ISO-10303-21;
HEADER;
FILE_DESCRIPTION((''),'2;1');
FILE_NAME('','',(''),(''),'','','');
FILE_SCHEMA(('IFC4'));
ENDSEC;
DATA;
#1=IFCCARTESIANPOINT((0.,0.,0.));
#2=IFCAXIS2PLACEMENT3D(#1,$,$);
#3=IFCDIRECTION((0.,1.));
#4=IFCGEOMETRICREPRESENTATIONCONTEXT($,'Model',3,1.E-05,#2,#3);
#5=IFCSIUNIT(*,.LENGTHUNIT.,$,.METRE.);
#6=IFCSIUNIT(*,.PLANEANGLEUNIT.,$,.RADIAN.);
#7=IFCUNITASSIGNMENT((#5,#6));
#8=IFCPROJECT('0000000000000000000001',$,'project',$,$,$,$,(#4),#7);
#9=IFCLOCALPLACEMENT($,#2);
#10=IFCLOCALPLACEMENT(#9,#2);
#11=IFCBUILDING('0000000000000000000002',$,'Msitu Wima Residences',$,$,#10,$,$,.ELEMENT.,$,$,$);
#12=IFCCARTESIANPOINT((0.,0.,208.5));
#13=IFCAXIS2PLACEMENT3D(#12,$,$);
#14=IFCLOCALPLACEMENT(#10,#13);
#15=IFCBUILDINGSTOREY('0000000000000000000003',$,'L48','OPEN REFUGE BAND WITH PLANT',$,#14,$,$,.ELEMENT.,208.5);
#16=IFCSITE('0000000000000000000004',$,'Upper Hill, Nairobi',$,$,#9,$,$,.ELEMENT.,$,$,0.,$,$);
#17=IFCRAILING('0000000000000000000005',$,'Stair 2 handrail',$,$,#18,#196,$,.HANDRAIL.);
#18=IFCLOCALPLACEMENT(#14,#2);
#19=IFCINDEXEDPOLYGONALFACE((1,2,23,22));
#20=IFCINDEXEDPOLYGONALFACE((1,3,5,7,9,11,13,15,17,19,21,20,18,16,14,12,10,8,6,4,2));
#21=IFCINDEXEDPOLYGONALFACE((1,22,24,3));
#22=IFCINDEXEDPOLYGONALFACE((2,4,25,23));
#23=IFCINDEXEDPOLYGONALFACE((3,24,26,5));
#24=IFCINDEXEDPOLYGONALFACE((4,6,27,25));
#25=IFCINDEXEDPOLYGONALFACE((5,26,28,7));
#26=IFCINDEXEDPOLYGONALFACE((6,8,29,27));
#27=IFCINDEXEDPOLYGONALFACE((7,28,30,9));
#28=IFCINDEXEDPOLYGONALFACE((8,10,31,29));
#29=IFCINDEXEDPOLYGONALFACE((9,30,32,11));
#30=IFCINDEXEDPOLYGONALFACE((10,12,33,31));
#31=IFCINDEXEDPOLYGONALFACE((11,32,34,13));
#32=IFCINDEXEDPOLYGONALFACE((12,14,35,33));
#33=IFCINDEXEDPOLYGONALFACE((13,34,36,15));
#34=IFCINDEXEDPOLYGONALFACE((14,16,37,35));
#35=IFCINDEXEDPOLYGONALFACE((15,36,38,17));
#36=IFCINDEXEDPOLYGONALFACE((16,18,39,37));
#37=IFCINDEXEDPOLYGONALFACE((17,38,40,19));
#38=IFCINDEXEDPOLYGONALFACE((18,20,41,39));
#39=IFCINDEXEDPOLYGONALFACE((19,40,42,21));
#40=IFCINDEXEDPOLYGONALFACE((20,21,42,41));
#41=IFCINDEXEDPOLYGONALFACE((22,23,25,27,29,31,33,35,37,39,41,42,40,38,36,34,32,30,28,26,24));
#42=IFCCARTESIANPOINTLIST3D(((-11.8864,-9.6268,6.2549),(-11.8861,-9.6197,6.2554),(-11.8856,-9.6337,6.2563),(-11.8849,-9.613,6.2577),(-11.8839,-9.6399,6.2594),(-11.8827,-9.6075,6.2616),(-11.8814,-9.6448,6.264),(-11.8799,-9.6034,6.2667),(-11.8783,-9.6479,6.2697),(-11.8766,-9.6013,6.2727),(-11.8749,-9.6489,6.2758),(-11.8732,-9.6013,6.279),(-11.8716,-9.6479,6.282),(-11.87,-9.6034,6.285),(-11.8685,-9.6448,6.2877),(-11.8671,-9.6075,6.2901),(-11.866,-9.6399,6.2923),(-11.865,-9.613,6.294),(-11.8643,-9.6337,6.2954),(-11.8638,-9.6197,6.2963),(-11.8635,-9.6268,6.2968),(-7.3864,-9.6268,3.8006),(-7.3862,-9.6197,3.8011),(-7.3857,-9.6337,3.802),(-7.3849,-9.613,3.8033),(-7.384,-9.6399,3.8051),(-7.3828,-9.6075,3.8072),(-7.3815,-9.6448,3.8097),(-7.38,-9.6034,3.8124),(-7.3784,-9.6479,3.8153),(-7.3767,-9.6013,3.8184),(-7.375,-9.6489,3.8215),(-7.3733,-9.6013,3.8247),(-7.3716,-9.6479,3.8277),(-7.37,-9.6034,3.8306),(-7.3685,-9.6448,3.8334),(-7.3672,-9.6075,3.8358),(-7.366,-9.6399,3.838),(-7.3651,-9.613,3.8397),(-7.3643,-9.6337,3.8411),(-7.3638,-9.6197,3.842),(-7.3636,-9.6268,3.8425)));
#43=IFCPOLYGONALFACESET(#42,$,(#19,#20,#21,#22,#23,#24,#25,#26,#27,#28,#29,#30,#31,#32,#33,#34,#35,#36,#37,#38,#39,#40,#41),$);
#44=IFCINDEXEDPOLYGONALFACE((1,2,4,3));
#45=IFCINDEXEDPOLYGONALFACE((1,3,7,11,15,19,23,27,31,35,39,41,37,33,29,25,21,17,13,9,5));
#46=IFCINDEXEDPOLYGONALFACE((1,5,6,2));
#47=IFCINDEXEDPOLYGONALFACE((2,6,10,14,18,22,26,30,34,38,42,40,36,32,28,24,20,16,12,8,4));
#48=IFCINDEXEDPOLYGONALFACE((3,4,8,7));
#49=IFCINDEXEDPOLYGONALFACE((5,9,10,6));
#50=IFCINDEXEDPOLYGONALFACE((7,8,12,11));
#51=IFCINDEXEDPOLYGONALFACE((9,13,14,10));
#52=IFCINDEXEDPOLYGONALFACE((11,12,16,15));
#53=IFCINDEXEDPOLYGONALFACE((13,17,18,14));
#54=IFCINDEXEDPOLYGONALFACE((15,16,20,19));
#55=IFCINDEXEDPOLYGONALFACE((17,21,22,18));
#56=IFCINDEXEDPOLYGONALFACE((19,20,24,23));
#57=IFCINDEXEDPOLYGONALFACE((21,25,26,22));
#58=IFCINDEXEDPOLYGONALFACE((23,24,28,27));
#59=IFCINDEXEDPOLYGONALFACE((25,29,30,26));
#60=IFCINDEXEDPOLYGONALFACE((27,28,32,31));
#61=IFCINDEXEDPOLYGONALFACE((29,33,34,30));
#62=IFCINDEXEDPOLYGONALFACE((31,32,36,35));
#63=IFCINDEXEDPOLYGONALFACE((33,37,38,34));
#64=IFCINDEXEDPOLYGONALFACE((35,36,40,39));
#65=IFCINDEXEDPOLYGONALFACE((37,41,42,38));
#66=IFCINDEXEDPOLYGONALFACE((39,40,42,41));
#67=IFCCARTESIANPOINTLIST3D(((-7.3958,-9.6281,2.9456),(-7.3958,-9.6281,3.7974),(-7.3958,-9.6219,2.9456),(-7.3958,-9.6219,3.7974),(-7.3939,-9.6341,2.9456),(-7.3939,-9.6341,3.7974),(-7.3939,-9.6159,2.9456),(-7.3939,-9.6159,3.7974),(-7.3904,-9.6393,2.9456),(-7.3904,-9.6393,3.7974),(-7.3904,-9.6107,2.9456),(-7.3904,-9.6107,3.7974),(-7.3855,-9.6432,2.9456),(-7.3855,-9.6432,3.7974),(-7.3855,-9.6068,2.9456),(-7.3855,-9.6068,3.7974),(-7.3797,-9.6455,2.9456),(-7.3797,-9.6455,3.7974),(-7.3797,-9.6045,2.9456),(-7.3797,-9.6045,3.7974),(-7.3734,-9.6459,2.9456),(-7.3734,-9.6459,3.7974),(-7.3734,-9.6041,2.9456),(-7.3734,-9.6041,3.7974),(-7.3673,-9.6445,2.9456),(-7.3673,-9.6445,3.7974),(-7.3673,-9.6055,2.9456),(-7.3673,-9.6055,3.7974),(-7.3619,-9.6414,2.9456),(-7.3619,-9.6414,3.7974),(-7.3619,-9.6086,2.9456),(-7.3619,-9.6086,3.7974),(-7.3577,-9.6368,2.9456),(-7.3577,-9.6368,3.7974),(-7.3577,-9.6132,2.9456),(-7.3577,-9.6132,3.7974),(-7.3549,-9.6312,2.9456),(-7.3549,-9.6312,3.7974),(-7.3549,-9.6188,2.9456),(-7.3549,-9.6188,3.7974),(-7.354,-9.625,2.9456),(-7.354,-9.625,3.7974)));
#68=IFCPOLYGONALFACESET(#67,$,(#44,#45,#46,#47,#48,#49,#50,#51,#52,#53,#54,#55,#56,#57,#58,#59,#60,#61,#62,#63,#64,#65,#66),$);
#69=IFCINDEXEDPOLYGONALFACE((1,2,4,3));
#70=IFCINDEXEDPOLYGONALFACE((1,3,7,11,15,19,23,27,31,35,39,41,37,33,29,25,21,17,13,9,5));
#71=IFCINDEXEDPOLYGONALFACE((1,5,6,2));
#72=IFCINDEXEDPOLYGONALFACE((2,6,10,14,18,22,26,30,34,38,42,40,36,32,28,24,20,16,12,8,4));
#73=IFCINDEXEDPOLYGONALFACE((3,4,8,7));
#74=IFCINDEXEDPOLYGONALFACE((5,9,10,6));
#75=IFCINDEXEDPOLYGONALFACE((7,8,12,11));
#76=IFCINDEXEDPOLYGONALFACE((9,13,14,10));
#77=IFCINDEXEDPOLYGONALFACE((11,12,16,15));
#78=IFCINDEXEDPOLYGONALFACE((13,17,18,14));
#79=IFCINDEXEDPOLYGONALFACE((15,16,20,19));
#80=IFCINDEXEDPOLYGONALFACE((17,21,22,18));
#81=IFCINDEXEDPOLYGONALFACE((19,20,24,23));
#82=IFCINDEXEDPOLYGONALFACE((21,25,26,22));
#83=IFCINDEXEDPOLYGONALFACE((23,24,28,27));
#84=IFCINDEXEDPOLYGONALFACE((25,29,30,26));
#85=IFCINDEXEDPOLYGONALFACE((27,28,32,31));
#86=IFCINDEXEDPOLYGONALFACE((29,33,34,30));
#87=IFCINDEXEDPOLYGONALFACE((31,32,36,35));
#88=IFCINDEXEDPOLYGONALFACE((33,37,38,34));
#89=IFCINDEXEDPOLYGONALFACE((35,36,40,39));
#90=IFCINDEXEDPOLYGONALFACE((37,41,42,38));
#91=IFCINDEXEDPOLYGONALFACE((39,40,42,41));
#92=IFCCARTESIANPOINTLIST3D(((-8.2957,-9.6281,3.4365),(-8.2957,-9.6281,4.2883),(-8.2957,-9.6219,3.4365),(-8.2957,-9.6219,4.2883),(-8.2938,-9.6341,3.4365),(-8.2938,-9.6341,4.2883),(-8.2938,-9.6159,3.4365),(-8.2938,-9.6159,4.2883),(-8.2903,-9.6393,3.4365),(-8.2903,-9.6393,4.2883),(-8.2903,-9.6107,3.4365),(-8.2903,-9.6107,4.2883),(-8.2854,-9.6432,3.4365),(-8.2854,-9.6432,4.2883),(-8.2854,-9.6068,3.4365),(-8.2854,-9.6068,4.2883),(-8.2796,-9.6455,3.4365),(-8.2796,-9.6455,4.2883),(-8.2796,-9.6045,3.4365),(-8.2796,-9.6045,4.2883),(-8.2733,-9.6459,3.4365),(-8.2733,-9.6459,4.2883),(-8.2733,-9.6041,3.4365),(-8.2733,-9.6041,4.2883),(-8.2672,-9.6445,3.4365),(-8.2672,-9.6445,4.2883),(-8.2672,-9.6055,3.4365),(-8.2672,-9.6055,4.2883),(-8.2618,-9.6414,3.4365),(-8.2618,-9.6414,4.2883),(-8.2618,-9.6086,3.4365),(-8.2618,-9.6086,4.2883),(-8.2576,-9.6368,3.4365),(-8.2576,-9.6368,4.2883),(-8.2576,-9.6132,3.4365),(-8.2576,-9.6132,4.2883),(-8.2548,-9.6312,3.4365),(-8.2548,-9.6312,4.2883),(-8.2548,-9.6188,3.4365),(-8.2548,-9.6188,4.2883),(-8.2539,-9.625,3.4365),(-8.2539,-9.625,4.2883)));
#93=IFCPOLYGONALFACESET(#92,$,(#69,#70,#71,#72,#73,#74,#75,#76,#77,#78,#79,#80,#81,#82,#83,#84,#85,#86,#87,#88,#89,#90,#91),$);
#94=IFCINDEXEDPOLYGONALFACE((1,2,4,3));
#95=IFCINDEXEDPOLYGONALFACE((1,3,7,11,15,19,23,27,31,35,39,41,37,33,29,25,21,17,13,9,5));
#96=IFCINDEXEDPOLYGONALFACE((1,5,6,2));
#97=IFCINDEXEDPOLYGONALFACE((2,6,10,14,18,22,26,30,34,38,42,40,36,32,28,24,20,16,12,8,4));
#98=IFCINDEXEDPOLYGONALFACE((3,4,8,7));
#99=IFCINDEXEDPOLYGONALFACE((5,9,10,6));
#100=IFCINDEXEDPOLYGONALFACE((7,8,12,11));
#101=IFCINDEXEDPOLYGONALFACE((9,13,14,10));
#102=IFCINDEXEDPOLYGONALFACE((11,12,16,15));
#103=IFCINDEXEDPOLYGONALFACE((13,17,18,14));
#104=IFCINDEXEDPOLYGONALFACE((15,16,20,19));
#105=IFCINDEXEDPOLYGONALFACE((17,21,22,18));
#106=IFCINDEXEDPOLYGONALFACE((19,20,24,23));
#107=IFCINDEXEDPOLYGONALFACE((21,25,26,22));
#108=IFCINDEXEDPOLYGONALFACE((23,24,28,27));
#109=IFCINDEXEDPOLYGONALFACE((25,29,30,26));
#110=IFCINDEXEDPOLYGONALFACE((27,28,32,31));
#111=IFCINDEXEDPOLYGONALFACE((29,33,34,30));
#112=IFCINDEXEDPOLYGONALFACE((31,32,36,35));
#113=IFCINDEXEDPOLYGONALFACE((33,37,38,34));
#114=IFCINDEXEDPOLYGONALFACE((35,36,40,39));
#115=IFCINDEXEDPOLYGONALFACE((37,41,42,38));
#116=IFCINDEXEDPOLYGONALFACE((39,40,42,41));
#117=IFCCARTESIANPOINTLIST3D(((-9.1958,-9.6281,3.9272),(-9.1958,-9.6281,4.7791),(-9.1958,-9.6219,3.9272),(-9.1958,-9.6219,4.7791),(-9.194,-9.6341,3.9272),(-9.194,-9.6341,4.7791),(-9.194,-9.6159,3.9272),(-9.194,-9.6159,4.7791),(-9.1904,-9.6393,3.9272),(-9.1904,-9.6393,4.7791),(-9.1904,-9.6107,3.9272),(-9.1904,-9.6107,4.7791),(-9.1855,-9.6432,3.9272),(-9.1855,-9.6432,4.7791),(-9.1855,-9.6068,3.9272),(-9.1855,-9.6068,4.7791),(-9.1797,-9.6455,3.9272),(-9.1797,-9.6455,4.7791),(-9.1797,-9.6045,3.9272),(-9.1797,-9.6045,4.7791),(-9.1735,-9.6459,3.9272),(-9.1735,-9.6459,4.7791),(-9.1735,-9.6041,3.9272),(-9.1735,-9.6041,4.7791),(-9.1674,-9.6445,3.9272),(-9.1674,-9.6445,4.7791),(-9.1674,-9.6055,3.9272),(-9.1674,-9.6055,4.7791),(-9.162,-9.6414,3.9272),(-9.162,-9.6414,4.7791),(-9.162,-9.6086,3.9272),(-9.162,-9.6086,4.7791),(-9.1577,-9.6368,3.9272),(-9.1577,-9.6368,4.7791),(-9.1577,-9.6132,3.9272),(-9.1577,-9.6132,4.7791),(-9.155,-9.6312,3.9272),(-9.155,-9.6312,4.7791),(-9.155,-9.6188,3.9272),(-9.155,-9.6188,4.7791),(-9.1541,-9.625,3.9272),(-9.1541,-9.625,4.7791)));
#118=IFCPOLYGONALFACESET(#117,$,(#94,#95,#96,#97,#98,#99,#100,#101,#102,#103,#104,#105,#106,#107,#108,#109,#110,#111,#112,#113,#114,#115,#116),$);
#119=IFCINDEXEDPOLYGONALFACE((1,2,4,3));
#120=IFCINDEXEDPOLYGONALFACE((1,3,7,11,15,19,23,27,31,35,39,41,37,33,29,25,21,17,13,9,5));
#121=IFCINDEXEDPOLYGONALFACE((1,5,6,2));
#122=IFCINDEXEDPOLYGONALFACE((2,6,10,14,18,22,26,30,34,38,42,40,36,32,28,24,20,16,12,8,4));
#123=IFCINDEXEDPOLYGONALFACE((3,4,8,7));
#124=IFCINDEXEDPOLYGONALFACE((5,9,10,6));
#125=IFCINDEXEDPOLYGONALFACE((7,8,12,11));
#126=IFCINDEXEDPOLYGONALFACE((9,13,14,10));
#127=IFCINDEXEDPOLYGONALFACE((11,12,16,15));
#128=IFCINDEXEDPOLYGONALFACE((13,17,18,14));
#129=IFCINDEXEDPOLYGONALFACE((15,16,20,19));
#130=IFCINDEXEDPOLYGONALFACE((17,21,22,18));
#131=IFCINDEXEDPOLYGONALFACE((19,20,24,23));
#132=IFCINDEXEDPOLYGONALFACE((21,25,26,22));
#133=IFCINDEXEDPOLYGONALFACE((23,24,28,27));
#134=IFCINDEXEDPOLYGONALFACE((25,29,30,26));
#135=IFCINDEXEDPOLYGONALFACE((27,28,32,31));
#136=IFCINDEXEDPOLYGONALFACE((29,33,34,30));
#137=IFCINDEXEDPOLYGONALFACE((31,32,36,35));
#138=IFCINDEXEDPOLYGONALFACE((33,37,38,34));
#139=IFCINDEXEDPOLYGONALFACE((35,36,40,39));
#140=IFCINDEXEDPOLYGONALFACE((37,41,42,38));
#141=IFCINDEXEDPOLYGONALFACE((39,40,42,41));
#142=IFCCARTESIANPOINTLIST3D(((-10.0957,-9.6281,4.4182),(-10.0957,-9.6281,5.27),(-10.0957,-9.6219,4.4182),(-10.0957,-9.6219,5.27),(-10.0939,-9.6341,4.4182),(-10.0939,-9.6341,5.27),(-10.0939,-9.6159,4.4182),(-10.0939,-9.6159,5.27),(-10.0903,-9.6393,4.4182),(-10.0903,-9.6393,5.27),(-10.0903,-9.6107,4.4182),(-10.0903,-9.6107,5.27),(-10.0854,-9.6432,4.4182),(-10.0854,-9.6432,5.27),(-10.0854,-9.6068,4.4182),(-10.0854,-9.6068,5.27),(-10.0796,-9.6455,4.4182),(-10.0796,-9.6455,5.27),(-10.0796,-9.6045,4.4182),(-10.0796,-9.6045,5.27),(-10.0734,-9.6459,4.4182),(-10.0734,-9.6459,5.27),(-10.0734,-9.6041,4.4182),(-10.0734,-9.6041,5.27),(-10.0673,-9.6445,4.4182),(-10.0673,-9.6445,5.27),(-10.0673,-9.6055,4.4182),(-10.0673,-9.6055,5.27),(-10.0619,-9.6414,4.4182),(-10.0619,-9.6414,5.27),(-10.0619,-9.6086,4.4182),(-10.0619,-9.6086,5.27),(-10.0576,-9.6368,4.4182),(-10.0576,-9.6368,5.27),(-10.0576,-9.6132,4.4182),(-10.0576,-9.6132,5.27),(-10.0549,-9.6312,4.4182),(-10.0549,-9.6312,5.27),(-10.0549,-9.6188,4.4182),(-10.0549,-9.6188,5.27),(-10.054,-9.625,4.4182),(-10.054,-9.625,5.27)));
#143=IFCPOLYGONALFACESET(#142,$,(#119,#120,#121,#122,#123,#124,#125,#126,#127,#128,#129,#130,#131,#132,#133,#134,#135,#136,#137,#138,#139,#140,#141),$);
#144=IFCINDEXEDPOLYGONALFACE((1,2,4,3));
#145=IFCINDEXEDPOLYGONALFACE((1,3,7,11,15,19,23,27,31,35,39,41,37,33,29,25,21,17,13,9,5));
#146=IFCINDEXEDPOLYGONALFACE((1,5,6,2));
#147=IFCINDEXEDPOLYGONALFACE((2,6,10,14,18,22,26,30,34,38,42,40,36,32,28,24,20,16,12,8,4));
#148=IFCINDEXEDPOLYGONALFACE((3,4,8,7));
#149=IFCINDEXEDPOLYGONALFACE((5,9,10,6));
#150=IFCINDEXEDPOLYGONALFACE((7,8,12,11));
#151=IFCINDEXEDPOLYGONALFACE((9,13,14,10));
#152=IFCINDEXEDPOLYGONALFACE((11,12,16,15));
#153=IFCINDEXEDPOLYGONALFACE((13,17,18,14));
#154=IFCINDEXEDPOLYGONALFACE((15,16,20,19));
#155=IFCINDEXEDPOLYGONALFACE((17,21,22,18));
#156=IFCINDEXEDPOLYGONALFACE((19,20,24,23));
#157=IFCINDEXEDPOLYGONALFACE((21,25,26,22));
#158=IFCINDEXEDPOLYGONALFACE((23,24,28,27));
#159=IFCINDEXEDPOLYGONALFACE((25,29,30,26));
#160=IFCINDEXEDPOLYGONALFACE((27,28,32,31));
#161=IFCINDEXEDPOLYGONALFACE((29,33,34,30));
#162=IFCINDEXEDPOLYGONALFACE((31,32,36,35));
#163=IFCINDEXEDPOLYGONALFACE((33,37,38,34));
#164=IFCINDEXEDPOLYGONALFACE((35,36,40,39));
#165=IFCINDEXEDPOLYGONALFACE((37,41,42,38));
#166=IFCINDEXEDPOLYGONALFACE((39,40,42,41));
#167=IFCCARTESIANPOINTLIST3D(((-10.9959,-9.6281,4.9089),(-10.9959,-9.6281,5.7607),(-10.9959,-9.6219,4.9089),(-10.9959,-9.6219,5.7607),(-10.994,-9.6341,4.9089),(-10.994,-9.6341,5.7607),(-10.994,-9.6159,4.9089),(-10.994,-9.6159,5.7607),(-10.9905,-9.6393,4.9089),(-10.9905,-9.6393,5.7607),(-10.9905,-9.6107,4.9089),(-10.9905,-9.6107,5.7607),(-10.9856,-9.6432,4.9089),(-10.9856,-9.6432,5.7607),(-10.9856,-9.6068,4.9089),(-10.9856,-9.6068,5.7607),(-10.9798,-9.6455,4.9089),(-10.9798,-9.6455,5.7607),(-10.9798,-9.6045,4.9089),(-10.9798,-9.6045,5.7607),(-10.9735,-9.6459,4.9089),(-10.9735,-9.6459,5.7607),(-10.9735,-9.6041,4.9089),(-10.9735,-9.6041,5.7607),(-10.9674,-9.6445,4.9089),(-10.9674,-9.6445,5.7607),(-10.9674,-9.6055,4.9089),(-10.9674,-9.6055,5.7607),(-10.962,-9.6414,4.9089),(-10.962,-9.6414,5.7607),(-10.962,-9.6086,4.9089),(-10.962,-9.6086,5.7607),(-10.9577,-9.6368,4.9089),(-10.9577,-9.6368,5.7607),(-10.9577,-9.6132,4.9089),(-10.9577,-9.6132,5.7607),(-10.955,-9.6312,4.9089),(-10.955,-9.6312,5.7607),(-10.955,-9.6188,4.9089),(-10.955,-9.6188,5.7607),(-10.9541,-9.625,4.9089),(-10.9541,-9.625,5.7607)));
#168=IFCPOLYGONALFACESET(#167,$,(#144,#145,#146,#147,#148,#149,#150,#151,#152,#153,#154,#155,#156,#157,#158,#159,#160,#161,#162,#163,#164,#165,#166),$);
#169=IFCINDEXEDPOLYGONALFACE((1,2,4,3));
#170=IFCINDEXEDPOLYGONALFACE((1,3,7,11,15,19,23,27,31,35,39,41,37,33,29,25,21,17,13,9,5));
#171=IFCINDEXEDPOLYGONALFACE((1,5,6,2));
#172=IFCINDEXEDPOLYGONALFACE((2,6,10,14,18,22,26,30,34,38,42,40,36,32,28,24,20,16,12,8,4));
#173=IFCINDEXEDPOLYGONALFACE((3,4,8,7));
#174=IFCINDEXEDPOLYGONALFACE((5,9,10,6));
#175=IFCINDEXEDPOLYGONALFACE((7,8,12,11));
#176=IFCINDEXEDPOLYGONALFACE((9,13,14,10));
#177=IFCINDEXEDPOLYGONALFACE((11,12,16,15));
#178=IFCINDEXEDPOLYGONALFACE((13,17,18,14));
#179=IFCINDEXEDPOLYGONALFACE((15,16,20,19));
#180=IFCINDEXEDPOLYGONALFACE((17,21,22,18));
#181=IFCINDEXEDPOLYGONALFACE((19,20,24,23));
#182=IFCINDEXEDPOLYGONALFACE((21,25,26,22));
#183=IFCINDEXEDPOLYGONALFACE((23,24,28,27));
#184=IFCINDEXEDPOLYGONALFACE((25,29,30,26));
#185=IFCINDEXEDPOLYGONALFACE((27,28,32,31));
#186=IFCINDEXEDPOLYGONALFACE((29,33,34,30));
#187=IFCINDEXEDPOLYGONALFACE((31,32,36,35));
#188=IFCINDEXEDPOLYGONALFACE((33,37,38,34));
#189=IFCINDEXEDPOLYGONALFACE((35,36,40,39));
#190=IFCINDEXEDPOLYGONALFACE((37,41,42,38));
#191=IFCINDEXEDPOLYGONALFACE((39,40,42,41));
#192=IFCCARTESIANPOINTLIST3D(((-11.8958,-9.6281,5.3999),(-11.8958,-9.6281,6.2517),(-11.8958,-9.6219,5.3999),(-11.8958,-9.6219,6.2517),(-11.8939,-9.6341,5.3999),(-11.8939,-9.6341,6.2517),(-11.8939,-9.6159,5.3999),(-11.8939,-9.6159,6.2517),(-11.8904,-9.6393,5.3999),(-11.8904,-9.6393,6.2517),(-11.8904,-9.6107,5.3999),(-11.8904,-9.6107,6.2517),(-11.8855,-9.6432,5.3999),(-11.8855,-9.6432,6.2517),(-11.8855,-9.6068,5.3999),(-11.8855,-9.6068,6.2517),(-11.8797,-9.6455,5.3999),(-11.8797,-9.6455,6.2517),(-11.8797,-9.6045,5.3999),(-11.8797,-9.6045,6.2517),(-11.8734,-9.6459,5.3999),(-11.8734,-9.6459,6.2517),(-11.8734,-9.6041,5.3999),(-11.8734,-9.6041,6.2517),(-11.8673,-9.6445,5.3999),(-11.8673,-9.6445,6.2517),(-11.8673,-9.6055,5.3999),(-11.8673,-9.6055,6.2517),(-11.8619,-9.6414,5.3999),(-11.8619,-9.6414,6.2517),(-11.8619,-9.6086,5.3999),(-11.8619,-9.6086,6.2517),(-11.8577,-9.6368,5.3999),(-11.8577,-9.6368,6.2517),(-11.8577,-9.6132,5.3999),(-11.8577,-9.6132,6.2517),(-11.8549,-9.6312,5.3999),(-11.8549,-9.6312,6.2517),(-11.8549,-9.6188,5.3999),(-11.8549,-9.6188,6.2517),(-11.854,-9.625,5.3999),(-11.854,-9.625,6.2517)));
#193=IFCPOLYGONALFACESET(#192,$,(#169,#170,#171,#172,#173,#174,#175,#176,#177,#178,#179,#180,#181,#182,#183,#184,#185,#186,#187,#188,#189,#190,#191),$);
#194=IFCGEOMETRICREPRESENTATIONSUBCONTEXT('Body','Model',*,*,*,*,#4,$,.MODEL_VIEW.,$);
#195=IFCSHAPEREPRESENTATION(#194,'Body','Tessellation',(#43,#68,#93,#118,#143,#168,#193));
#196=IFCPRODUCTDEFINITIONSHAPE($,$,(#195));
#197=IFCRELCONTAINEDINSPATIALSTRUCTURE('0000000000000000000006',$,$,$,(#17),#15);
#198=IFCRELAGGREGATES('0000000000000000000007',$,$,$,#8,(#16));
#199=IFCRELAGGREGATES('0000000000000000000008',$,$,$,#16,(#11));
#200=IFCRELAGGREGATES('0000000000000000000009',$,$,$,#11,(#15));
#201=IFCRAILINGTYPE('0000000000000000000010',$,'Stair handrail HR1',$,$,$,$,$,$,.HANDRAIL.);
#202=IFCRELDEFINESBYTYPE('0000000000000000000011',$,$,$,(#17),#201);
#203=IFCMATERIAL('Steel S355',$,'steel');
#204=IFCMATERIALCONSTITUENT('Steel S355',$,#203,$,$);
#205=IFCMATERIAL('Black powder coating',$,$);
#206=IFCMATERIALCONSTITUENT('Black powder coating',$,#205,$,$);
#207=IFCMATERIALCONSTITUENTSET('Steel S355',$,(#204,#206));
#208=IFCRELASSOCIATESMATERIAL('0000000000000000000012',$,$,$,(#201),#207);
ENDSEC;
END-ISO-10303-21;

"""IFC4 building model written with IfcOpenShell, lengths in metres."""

from ifc_helpers import new_model, si_unit, direction, frame, origin, origin_2d, place, context, subcontext, project, spatial, circle, extrude, material, constituent, constituent_set, type_object, element, save


model = new_model("IFC4")

# Units and contexts
model_context = context("Model", 3, precision=1e-05, world=origin(), true_north=direction((0.0, 1.0)))
body_context = subcontext(model_context, "Body", "Model", "MODEL_VIEW")
ifc_project = project(units=[si_unit("LENGTHUNIT", "METRE"), si_unit("PLANEANGLEUNIT", "RADIAN")], contexts=[model_context])

# Site, building, storey
site_placement = place(None, origin())
site = spatial("IfcSite", under=ifc_project, at=site_placement, Name="Upper Hill, Nairobi", CompositionType="ELEMENT", RefElevation=0.0)
building_placement = place(site_placement, origin())
building = spatial("IfcBuilding", under=site, at=building_placement, Name="Msitu Wima Residences", CompositionType="ELEMENT")
storey_placement = place(building_placement, frame((0.0, 0.0, 208.5)))
storey = spatial("IfcBuildingStorey", under=building, at=storey_placement, Name="L48", Description="OPEN REFUGE BAND WITH PLANT", CompositionType="ELEMENT", Elevation=208.5)

# Railing
ifc_material_1 = material(Name="Steel S355", Category="steel")
ifc_constituent_1 = constituent(ifc_material_1, Name="Steel S355")
ifc_material_2 = material(Name="Black powder coating")
ifc_constituent_2 = constituent(ifc_material_2, Name="Black powder coating")
ifc_constituent_set = constituent_set(constituents=[ifc_constituent_1, ifc_constituent_2], Name="Steel S355")
railing_type = type_object("IfcRailingType", Name="Stair handrail HR1", PredefinedType="HANDRAIL", material=ifc_constituent_set)
for number, where, name in (
    (1, (-7.375, -9.625, 2.9456), "Stair 2 handrail"),
):
    element("IfcRailing", number, at=place(storey_placement, frame(where)), inside=storey, type_object=railing_type, Name=name, PredefinedType="HANDRAIL", context=body_context, shape_type="SweptSolid", body=[
        extrude(circle(Radius=0.0239, at=origin_2d()), frame((0.0, 0.0, 0.876), z_axis=(-0.877912, 0.0, 0.478822), x_axis=(0.0, -1.0, 0.0)), (0.0, 0.0, 1.0), 5.1257),
        extrude(circle(Radius=0.021, at=origin_2d()), origin(), (0.0, 0.0, 1.0), 0.8518),
        extrude(circle(Radius=0.021, at=origin_2d()), frame((-0.8999, 0.0, 0.491)), (0.0, 0.0, 1.0), 0.8518),
        extrude(circle(Radius=0.021, at=origin_2d()), frame((-1.8, 0.0, 0.9817)), (0.0, 0.0, 1.0), 0.8518),
        extrude(circle(Radius=0.021, at=origin_2d()), frame((-2.7, 0.0, 1.4727)), (0.0, 0.0, 1.0), 0.8518),
        extrude(circle(Radius=0.021, at=origin_2d()), frame((-3.6001, 0.0, 1.9634)), (0.0, 0.0, 1.0), 0.8518),
        extrude(circle(Radius=0.021, at=origin_2d()), frame((-4.5, 0.0, 2.4543)), (0.0, 0.0, 1.0), 0.8518),
    ])

save(model, "model.ifc")
